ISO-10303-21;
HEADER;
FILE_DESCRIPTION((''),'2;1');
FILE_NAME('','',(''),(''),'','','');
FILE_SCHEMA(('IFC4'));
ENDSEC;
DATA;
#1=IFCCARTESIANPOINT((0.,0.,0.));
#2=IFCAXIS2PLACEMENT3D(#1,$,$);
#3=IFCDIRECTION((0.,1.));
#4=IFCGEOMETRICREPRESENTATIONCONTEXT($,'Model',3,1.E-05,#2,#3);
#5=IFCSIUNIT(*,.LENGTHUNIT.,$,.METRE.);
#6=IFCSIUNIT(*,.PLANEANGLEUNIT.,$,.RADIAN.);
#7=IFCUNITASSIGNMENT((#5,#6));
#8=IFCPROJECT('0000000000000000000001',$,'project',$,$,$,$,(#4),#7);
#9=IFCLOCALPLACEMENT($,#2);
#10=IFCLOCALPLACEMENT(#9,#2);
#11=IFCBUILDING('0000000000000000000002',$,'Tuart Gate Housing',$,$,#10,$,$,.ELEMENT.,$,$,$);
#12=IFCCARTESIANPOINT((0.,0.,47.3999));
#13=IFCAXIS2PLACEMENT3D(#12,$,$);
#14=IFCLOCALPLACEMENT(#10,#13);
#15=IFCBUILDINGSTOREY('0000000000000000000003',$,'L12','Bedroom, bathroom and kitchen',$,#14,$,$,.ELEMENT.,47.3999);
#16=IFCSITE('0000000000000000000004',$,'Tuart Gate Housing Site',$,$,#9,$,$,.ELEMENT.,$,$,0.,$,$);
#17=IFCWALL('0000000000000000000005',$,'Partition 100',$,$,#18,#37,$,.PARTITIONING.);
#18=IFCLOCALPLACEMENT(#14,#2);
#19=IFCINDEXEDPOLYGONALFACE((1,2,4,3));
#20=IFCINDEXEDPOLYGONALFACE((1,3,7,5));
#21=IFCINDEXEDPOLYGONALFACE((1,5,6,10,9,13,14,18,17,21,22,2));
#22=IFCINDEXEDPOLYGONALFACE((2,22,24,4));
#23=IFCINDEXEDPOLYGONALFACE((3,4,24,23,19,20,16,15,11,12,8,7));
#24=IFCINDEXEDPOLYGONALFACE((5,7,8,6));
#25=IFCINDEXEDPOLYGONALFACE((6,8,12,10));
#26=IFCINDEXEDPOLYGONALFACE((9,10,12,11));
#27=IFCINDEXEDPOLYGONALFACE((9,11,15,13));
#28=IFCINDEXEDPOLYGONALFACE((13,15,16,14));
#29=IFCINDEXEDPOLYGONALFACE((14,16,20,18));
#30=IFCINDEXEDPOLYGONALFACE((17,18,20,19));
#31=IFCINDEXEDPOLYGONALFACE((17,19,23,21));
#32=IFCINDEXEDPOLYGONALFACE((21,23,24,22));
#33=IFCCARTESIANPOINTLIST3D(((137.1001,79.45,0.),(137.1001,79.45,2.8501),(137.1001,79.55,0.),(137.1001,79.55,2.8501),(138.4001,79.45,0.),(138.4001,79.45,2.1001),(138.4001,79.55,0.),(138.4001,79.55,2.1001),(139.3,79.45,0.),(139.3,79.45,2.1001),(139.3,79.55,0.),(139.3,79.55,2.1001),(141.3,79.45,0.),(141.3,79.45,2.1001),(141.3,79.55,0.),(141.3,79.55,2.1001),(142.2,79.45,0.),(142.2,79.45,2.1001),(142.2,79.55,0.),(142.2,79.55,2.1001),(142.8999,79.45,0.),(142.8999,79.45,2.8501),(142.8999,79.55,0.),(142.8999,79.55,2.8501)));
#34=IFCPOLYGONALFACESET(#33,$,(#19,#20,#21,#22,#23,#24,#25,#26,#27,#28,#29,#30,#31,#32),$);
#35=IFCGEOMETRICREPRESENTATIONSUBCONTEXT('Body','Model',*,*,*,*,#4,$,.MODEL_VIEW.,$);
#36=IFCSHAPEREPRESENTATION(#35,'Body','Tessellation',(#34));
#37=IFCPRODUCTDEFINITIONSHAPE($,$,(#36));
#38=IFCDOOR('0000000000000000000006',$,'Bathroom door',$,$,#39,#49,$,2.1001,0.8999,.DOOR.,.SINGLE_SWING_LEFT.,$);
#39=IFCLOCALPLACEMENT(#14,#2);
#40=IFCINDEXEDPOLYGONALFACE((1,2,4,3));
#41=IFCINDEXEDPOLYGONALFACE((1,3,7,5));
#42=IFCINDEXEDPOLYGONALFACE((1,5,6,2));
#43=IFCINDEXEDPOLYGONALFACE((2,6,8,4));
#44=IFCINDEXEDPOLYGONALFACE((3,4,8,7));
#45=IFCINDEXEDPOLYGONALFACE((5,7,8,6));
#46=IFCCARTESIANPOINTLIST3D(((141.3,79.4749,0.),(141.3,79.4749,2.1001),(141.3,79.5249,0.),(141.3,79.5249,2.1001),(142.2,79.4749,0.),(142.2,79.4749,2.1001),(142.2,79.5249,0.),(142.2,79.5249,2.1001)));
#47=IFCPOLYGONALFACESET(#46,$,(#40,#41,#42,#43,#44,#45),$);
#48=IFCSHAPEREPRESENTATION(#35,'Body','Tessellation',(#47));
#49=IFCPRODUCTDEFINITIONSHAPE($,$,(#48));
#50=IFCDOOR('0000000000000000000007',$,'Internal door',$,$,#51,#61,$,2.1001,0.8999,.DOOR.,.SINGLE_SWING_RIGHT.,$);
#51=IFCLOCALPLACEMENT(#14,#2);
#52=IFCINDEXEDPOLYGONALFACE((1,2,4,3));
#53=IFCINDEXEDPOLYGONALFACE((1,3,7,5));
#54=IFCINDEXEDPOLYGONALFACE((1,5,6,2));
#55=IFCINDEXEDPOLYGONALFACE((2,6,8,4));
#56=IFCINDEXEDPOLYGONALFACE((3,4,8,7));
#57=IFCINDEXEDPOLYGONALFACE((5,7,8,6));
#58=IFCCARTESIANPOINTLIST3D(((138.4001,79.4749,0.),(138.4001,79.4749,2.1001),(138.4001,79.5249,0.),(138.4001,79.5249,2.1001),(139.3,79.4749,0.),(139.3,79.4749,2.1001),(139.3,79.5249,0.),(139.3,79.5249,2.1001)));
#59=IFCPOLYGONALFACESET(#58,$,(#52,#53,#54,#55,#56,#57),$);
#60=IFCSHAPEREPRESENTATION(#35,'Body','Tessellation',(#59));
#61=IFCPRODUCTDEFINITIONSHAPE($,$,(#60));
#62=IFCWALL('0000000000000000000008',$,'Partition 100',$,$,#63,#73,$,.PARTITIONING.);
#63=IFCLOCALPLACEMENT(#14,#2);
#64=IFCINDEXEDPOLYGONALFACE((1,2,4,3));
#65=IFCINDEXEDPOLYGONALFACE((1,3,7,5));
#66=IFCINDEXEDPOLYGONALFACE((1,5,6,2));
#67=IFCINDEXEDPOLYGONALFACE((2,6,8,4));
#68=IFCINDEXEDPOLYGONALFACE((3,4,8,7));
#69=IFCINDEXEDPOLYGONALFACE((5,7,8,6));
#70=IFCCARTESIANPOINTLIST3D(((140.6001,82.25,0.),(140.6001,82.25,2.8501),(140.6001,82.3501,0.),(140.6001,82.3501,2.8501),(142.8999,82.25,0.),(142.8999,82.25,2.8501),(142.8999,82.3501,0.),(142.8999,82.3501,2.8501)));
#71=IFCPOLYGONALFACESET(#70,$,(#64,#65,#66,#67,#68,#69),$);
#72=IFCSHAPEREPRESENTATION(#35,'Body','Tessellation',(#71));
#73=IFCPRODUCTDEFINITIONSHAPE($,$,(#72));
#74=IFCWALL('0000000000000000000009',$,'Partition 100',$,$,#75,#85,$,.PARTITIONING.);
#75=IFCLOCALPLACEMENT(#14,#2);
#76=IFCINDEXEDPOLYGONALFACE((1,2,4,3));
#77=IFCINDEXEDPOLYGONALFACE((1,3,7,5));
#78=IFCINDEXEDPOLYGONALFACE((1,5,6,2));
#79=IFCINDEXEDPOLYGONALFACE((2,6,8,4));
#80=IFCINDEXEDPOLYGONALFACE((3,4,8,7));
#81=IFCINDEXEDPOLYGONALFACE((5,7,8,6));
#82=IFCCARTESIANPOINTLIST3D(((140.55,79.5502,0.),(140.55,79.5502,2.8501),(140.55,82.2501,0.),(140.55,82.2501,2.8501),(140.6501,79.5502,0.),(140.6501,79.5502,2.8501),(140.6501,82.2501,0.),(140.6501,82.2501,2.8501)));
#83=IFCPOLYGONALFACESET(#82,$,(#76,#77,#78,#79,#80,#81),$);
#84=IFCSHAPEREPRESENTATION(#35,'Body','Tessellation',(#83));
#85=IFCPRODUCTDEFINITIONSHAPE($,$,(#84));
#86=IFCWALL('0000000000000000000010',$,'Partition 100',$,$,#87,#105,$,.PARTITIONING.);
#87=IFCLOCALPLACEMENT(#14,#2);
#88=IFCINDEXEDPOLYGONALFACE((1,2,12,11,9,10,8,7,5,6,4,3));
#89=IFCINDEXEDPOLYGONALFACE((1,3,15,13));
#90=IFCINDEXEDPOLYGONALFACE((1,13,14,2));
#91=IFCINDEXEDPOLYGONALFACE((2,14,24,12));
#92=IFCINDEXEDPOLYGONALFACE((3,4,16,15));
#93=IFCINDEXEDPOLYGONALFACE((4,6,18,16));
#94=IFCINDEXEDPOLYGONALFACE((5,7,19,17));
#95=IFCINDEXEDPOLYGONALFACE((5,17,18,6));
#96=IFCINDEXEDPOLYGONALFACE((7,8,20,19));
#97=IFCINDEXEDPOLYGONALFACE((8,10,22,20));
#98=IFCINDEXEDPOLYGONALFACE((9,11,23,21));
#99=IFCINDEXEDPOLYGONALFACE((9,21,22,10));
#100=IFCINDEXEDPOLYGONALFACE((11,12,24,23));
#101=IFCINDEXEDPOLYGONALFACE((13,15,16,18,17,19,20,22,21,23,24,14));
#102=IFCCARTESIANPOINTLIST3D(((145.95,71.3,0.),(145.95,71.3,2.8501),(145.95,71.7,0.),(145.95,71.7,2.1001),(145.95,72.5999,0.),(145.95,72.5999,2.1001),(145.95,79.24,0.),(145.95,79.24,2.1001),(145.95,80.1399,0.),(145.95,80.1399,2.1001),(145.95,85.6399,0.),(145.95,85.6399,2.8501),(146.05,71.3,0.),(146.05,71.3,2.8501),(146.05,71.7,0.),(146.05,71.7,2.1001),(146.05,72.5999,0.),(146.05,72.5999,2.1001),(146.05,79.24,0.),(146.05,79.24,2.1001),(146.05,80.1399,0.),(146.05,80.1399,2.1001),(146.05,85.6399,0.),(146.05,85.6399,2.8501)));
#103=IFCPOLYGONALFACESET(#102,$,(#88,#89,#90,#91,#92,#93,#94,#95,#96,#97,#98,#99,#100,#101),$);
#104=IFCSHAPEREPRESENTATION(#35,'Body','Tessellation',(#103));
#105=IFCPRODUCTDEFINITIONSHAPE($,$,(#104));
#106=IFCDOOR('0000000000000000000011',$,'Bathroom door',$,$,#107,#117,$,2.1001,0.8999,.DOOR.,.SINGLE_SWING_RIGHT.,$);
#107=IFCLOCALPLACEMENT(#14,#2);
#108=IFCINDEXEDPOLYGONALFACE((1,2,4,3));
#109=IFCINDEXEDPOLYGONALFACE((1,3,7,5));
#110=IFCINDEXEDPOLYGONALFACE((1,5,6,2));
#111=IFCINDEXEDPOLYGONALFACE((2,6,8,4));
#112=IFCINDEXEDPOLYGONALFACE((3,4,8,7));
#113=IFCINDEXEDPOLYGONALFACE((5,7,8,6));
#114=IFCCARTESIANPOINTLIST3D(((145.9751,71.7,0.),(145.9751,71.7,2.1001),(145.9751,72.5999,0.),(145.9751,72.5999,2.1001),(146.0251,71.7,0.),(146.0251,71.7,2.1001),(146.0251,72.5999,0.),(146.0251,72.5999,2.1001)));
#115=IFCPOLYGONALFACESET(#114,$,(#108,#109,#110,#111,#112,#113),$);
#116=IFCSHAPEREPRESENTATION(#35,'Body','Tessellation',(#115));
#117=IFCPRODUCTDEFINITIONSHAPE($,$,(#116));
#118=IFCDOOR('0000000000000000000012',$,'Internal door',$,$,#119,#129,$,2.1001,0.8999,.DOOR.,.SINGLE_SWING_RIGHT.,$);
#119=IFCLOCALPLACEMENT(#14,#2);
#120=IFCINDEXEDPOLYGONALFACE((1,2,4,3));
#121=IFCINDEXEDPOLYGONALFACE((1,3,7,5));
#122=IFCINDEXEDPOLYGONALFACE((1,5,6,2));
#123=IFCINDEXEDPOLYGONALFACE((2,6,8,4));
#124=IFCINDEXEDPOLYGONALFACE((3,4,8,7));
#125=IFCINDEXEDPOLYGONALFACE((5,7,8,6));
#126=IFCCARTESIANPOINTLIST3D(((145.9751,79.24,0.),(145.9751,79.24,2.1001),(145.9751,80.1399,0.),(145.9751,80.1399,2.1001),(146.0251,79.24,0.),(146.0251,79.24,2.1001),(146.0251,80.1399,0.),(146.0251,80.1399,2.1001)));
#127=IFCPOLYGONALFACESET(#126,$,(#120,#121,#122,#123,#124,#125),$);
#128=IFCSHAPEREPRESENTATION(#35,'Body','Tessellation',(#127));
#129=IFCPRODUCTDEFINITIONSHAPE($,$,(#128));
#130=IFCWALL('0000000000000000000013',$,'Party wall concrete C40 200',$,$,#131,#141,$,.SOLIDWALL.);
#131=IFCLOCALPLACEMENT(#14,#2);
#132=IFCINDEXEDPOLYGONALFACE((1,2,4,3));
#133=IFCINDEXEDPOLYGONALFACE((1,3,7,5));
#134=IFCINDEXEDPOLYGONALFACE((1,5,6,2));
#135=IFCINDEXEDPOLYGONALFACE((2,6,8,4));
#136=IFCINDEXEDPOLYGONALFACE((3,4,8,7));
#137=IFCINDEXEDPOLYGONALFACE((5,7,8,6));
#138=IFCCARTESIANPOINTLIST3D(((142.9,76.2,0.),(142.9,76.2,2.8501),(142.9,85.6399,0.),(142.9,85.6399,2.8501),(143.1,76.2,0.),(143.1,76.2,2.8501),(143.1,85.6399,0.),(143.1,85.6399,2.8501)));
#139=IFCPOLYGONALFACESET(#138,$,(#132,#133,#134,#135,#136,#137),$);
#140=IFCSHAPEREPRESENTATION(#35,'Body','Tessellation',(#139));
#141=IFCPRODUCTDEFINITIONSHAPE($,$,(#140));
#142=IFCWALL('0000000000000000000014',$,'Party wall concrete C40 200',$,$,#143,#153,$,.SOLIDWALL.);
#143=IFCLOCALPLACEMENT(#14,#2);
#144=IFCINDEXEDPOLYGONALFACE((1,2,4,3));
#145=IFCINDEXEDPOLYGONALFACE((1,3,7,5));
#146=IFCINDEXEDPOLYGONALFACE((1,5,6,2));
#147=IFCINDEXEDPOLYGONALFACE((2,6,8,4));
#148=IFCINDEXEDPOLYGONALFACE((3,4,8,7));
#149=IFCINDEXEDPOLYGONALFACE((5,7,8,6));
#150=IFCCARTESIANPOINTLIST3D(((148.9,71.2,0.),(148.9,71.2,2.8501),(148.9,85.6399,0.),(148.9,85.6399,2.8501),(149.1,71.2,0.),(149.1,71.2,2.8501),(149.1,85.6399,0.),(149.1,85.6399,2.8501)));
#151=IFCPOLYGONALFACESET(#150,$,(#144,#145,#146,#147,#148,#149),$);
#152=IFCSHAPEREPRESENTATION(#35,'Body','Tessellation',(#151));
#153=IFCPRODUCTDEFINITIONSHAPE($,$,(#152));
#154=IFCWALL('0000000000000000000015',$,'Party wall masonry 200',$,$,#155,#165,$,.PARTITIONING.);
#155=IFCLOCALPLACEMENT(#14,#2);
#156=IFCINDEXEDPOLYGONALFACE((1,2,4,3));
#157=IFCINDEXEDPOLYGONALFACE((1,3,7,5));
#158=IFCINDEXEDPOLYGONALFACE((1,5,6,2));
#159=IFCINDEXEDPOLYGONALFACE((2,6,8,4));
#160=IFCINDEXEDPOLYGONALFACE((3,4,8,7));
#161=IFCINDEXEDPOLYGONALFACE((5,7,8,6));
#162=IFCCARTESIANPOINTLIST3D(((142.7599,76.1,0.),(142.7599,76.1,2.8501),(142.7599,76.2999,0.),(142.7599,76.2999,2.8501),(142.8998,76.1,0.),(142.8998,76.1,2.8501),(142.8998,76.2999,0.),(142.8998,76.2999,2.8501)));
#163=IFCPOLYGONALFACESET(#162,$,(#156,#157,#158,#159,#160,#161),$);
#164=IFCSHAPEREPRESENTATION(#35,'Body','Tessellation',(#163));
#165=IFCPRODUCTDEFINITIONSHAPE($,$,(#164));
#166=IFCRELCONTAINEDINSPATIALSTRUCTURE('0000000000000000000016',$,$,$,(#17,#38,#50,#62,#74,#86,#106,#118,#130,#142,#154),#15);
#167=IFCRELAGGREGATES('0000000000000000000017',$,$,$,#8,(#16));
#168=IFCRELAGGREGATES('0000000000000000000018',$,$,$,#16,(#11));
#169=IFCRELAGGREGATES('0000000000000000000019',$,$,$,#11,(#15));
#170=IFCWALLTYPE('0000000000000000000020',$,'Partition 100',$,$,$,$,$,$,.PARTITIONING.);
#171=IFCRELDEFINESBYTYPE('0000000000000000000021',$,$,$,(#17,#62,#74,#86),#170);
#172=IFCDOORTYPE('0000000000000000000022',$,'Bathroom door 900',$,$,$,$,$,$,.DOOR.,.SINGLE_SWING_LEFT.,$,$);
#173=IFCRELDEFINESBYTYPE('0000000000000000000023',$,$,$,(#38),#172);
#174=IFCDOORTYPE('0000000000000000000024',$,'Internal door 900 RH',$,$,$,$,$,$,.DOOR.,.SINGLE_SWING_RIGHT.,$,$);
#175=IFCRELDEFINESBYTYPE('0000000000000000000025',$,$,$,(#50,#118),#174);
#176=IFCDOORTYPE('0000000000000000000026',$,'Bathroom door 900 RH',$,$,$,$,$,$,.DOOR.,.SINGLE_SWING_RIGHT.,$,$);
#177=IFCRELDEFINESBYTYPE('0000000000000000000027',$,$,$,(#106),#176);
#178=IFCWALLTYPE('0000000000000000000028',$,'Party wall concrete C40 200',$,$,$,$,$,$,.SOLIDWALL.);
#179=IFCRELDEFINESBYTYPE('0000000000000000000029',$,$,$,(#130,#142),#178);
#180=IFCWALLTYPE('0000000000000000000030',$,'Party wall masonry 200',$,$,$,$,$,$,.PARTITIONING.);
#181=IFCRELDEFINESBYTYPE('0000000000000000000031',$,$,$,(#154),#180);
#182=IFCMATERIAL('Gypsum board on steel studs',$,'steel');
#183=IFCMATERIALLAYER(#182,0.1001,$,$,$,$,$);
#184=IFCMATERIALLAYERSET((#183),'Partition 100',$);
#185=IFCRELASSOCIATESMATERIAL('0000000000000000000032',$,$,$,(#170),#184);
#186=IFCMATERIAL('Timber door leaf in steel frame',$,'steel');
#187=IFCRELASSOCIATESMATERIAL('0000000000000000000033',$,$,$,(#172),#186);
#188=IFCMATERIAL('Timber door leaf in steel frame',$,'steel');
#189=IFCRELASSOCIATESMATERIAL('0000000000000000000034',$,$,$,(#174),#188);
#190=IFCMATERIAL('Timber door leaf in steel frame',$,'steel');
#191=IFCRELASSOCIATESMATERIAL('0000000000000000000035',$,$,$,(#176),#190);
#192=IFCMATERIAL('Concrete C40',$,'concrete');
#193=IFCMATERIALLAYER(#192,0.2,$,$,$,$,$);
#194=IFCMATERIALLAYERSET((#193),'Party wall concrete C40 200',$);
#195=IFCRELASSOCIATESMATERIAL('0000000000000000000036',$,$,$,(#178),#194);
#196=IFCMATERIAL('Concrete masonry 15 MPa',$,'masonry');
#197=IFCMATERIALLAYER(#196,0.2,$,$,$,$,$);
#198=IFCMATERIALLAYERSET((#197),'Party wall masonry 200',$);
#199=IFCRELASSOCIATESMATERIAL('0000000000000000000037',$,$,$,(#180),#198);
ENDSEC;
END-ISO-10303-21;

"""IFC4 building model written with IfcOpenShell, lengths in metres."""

from ifc_helpers import new_model, si_unit, direction, frame, frame_2d, origin, place, context, subcontext, project, spatial, rectangle, extrude, material, layer, layer_set, type_object, element, fill, save


model = new_model("IFC4")

# Units and contexts
model_context = context("Model", 3, precision=1e-05, world=origin(), true_north=direction((0.0, 1.0)))
body_context = subcontext(model_context, "Body", "Model", "MODEL_VIEW")
ifc_project = project(units=[si_unit("LENGTHUNIT", "METRE"), si_unit("PLANEANGLEUNIT", "RADIAN")], contexts=[model_context])

# Site, building, storey
site_placement = place(None, origin())
site = spatial("IfcSite", under=ifc_project, at=site_placement, Name="Tuart Gate Housing Site", CompositionType="ELEMENT", RefElevation=0.0)
building_placement = place(site_placement, origin())
building = spatial("IfcBuilding", under=site, at=building_placement, Name="Tuart Gate Housing", CompositionType="ELEMENT")
storey_placement = place(building_placement, frame((0.0, 0.0, 47.3999)))
storey = spatial("IfcBuildingStorey", under=building, at=storey_placement, Name="L12", Description="Bedroom, bathroom and kitchen", CompositionType="ELEMENT", Elevation=47.3999)

# Shared definitions
ifc_material_1 = material(Name="Gypsum board on steel studs", Category="steel")
ifc_layer_1 = layer(ifc_material_1, 0.1001)
ifc_layer_set_1 = layer_set([ifc_layer_1], Name="Partition 100")
wall_type_1 = type_object("IfcWallType", Name="Partition 100", PredefinedType="PARTITIONING", material=ifc_layer_set_1)

# Wall, openings, doors
wall_1_placement = place(storey_placement, frame((137.1001, 79.5, 0.0), z_axis=(0.0, 0.0, 1.0), x_axis=(1.0, 0.0, 0.0)))
wall_1 = element("IfcWall", 1, at=wall_1_placement, inside=storey, type_object=wall_type_1, Name="Partition 100", PredefinedType="PARTITIONING", context=body_context, shape_type="SweptSolid", body=[
    extrude(rectangle(XDim=5.7998, YDim=0.1001, at=frame_2d((2.8999, 0.0))), origin(), (0.0, 0.0, 1.0), 2.8501),
])
opening_1_placement = place(wall_1_placement, frame((1.3, 0.0, 0.0)))
opening_1 = element("IfcOpeningElement", 2, at=opening_1_placement, cuts=wall_1, PredefinedType="OPENING", context=body_context, shape_type="SweptSolid", body=[
    extrude(rectangle(XDim=0.8999, YDim=2.1001, at=frame_2d((0.45, 1.05))), frame((0.0, 0.0601, 0.0), z_axis=(0.0, -1.0, 0.0), x_axis=(1.0, 0.0, 0.0)), (0.0, 0.0, 1.0), 0.1201),
])
opening_2_placement = place(wall_1_placement, frame((4.2, 0.0, 0.0)))
opening_2 = element("IfcOpeningElement", 3, at=opening_2_placement, cuts=wall_1, PredefinedType="OPENING", context=body_context, shape_type="SweptSolid", body=[
    extrude(rectangle(XDim=0.8999, YDim=2.1001, at=frame_2d((0.45, 1.05))), frame((0.0, 0.0601, 0.0), z_axis=(0.0, -1.0, 0.0), x_axis=(1.0, 0.0, 0.0)), (0.0, 0.0, 1.0), 0.1201),
])
ifc_material_2 = material(Name="Timber door leaf in steel frame", Category="steel")
door_type_1 = type_object("IfcDoorType", Name="Bathroom door 900", OperationType="SINGLE_SWING_LEFT", PredefinedType="DOOR", material=ifc_material_2)
door_1_placement = place(opening_2_placement, origin())
door_1 = element("IfcDoor", 4, at=door_1_placement, inside=storey, type_object=door_type_1, Name="Bathroom door", OperationType="SINGLE_SWING_LEFT", OverallHeight=2.1001, OverallWidth=0.8999, PredefinedType="DOOR", context=body_context, shape_type="SweptSolid", body=[
    extrude(rectangle(XDim=0.8999, YDim=2.1001, at=frame_2d((0.45, 1.05))), frame((0.0, 0.0249, 0.0), z_axis=(0.0, -1.0, 0.0), x_axis=(1.0, 0.0, 0.0)), (0.0, 0.0, 1.0), 0.05),
])
fill(opening_2, door_1)
ifc_material_3 = material(Name="Timber door leaf in steel frame", Category="steel")
door_type_2 = type_object("IfcDoorType", Name="Internal door 900 RH", OperationType="SINGLE_SWING_RIGHT", PredefinedType="DOOR", material=ifc_material_3)
door_2_placement = place(opening_1_placement, origin())
door_2 = element("IfcDoor", 5, at=door_2_placement, inside=storey, type_object=door_type_2, Name="Internal door", OperationType="SINGLE_SWING_RIGHT", OverallHeight=2.1001, OverallWidth=0.8999, PredefinedType="DOOR", context=body_context, shape_type="SweptSolid", body=[
    extrude(rectangle(XDim=0.8999, YDim=2.1001, at=frame_2d((0.45, 1.05))), frame((0.0, 0.0249, 0.0), z_axis=(0.0, -1.0, 0.0), x_axis=(1.0, 0.0, 0.0)), (0.0, 0.0, 1.0), 0.05),
])
fill(opening_1, door_2)

# Walls
wall_2_placement = place(storey_placement, frame((140.6001, 82.3, 0.0), z_axis=(0.0, 0.0, 1.0), x_axis=(1.0, 0.0, 0.0)))
element("IfcWall", 6, at=wall_2_placement, inside=storey, type_object=wall_type_1, Name="Partition 100", PredefinedType="PARTITIONING", context=body_context, shape_type="SweptSolid", body=[
    extrude(rectangle(XDim=2.2998, YDim=0.1001, at=frame_2d((1.1499, 0.0))), origin(), (0.0, 0.0, 1.0), 2.8501),
])
wall_3_placement = place(storey_placement, frame((140.6001, 79.55, 0.0), z_axis=(0.0, 0.0, 1.0), x_axis=(0.0, 1.0, 0.0)))
element("IfcWall", 7, at=wall_3_placement, inside=storey, type_object=wall_type_1, Name="Partition 100", PredefinedType="PARTITIONING", context=body_context, shape_type="SweptSolid", body=[
    extrude(rectangle(XDim=2.7, YDim=0.1001, at=frame_2d((1.3501, 0.0))), origin(), (0.0, 0.0, 1.0), 2.8501),
])

# Wall, openings, doors
wall_4_placement = place(storey_placement, frame((146.0, 71.3, 0.0), z_axis=(0.0, 0.0, 1.0), x_axis=(0.0, 1.0, 0.0)))
wall_4 = element("IfcWall", 8, at=wall_4_placement, inside=storey, type_object=wall_type_1, Name="Partition 100", PredefinedType="PARTITIONING", context=body_context, shape_type="SweptSolid", body=[
    extrude(rectangle(XDim=14.3398, YDim=0.1001, at=frame_2d((7.1699, 0.0))), origin(), (0.0, 0.0, 1.0), 2.8501),
])
opening_3_placement = place(wall_4_placement, frame((7.9399, 0.0, 0.0)))
opening_3 = element("IfcOpeningElement", 9, at=opening_3_placement, cuts=wall_4, PredefinedType="OPENING", context=body_context, shape_type="SweptSolid", body=[
    extrude(rectangle(XDim=0.8999, YDim=2.1001, at=frame_2d((0.45, 1.05))), frame((0.0, 0.0601, 0.0), z_axis=(0.0, -1.0, 0.0), x_axis=(1.0, 0.0, 0.0)), (0.0, 0.0, 1.0), 0.1201),
])
opening_4_placement = place(wall_4_placement, frame((0.3999, 0.0, 0.0)))
opening_4 = element("IfcOpeningElement", 10, at=opening_4_placement, cuts=wall_4, PredefinedType="OPENING", context=body_context, shape_type="SweptSolid", body=[
    extrude(rectangle(XDim=0.8999, YDim=2.1001, at=frame_2d((0.45, 1.05))), frame((0.0, 0.0601, 0.0), z_axis=(0.0, -1.0, 0.0), x_axis=(1.0, 0.0, 0.0)), (0.0, 0.0, 1.0), 0.1201),
])
ifc_material_4 = material(Name="Timber door leaf in steel frame", Category="steel")
door_type_3 = type_object("IfcDoorType", Name="Bathroom door 900 RH", OperationType="SINGLE_SWING_RIGHT", PredefinedType="DOOR", material=ifc_material_4)
door_3_placement = place(opening_4_placement, frame((0.8999, 0.0, 0.0), z_axis=(0.0, 0.0, 1.0), x_axis=(-1.0, 0.0, 0.0)))
door_3 = element("IfcDoor", 11, at=door_3_placement, inside=storey, type_object=door_type_3, Name="Bathroom door", OperationType="SINGLE_SWING_RIGHT", OverallHeight=2.1001, OverallWidth=0.8999, PredefinedType="DOOR", context=body_context, shape_type="SweptSolid", body=[
    extrude(rectangle(XDim=0.8999, YDim=2.1001, at=frame_2d((0.45, 1.05))), frame((0.0, 0.0251, 0.0), z_axis=(0.0, -1.0, 0.0), x_axis=(1.0, 0.0, 0.0)), (0.0, 0.0, 1.0), 0.05),
])
fill(opening_4, door_3)
door_4_placement = place(opening_3_placement, frame((0.8999, 0.0, 0.0), z_axis=(0.0, 0.0, 1.0), x_axis=(-1.0, 0.0, 0.0)))
door_4 = element("IfcDoor", 12, at=door_4_placement, inside=storey, type_object=door_type_2, Name="Internal door", OperationType="SINGLE_SWING_RIGHT", OverallHeight=2.1001, OverallWidth=0.8999, PredefinedType="DOOR", context=body_context, shape_type="SweptSolid", body=[
    extrude(rectangle(XDim=0.8999, YDim=2.1001, at=frame_2d((0.45, 1.05))), frame((0.0, 0.0251, 0.0), z_axis=(0.0, -1.0, 0.0), x_axis=(1.0, 0.0, 0.0)), (0.0, 0.0, 1.0), 0.05),
])
fill(opening_3, door_4)

# Walls
ifc_material_5 = material(Name="Concrete C40", Category="concrete")
ifc_layer_2 = layer(ifc_material_5, 0.2)
ifc_layer_set_2 = layer_set([ifc_layer_2], Name="Party wall concrete C40 200")
wall_type_2 = type_object("IfcWallType", Name="Party wall concrete C40 200", PredefinedType="SOLIDWALL", material=ifc_layer_set_2)
wall_5_placement = place(storey_placement, frame((143.0, 76.2, 0.0), z_axis=(0.0, 0.0, 1.0), x_axis=(0.0, 1.0, 0.0)))
element("IfcWall", 13, at=wall_5_placement, inside=storey, type_object=wall_type_2, Name="Party wall concrete C40 200", PredefinedType="SOLIDWALL", context=body_context, shape_type="SweptSolid", body=[
    extrude(rectangle(XDim=9.4399, YDim=0.2, at=frame_2d((4.72, 0.0))), origin(), (0.0, 0.0, 1.0), 2.8501),
])
wall_6_placement = place(storey_placement, frame((149.0, 71.2, 0.0), z_axis=(0.0, 0.0, 1.0), x_axis=(0.0, 1.0, 0.0)))
element("IfcWall", 14, at=wall_6_placement, inside=storey, type_object=wall_type_2, Name="Party wall concrete C40 200", PredefinedType="SOLIDWALL", context=body_context, shape_type="SweptSolid", body=[
    extrude(rectangle(XDim=14.4399, YDim=0.2, at=frame_2d((7.22, 0.0))), origin(), (0.0, 0.0, 1.0), 2.8501),
])
ifc_material_6 = material(Name="Concrete masonry 15 MPa", Category="masonry")
ifc_layer_3 = layer(ifc_material_6, 0.2)
ifc_layer_set_3 = layer_set([ifc_layer_3], Name="Party wall masonry 200")
wall_type_3 = type_object("IfcWallType", Name="Party wall masonry 200", PredefinedType="PARTITIONING", material=ifc_layer_set_3)
wall_7_placement = place(storey_placement, frame((142.76, 76.2, 0.0), z_axis=(0.0, 0.0, 1.0), x_axis=(1.0, 0.0, 0.0)))
element("IfcWall", 15, at=wall_7_placement, inside=storey, type_object=wall_type_3, Name="Party wall masonry 200", PredefinedType="PARTITIONING", context=body_context, shape_type="SweptSolid", body=[
    extrude(rectangle(XDim=0.1399, YDim=0.2, at=frame_2d((0.0698, 0.0))), origin(), (0.0, 0.0, 1.0), 2.8501),
])

save(model, "model.ifc")
